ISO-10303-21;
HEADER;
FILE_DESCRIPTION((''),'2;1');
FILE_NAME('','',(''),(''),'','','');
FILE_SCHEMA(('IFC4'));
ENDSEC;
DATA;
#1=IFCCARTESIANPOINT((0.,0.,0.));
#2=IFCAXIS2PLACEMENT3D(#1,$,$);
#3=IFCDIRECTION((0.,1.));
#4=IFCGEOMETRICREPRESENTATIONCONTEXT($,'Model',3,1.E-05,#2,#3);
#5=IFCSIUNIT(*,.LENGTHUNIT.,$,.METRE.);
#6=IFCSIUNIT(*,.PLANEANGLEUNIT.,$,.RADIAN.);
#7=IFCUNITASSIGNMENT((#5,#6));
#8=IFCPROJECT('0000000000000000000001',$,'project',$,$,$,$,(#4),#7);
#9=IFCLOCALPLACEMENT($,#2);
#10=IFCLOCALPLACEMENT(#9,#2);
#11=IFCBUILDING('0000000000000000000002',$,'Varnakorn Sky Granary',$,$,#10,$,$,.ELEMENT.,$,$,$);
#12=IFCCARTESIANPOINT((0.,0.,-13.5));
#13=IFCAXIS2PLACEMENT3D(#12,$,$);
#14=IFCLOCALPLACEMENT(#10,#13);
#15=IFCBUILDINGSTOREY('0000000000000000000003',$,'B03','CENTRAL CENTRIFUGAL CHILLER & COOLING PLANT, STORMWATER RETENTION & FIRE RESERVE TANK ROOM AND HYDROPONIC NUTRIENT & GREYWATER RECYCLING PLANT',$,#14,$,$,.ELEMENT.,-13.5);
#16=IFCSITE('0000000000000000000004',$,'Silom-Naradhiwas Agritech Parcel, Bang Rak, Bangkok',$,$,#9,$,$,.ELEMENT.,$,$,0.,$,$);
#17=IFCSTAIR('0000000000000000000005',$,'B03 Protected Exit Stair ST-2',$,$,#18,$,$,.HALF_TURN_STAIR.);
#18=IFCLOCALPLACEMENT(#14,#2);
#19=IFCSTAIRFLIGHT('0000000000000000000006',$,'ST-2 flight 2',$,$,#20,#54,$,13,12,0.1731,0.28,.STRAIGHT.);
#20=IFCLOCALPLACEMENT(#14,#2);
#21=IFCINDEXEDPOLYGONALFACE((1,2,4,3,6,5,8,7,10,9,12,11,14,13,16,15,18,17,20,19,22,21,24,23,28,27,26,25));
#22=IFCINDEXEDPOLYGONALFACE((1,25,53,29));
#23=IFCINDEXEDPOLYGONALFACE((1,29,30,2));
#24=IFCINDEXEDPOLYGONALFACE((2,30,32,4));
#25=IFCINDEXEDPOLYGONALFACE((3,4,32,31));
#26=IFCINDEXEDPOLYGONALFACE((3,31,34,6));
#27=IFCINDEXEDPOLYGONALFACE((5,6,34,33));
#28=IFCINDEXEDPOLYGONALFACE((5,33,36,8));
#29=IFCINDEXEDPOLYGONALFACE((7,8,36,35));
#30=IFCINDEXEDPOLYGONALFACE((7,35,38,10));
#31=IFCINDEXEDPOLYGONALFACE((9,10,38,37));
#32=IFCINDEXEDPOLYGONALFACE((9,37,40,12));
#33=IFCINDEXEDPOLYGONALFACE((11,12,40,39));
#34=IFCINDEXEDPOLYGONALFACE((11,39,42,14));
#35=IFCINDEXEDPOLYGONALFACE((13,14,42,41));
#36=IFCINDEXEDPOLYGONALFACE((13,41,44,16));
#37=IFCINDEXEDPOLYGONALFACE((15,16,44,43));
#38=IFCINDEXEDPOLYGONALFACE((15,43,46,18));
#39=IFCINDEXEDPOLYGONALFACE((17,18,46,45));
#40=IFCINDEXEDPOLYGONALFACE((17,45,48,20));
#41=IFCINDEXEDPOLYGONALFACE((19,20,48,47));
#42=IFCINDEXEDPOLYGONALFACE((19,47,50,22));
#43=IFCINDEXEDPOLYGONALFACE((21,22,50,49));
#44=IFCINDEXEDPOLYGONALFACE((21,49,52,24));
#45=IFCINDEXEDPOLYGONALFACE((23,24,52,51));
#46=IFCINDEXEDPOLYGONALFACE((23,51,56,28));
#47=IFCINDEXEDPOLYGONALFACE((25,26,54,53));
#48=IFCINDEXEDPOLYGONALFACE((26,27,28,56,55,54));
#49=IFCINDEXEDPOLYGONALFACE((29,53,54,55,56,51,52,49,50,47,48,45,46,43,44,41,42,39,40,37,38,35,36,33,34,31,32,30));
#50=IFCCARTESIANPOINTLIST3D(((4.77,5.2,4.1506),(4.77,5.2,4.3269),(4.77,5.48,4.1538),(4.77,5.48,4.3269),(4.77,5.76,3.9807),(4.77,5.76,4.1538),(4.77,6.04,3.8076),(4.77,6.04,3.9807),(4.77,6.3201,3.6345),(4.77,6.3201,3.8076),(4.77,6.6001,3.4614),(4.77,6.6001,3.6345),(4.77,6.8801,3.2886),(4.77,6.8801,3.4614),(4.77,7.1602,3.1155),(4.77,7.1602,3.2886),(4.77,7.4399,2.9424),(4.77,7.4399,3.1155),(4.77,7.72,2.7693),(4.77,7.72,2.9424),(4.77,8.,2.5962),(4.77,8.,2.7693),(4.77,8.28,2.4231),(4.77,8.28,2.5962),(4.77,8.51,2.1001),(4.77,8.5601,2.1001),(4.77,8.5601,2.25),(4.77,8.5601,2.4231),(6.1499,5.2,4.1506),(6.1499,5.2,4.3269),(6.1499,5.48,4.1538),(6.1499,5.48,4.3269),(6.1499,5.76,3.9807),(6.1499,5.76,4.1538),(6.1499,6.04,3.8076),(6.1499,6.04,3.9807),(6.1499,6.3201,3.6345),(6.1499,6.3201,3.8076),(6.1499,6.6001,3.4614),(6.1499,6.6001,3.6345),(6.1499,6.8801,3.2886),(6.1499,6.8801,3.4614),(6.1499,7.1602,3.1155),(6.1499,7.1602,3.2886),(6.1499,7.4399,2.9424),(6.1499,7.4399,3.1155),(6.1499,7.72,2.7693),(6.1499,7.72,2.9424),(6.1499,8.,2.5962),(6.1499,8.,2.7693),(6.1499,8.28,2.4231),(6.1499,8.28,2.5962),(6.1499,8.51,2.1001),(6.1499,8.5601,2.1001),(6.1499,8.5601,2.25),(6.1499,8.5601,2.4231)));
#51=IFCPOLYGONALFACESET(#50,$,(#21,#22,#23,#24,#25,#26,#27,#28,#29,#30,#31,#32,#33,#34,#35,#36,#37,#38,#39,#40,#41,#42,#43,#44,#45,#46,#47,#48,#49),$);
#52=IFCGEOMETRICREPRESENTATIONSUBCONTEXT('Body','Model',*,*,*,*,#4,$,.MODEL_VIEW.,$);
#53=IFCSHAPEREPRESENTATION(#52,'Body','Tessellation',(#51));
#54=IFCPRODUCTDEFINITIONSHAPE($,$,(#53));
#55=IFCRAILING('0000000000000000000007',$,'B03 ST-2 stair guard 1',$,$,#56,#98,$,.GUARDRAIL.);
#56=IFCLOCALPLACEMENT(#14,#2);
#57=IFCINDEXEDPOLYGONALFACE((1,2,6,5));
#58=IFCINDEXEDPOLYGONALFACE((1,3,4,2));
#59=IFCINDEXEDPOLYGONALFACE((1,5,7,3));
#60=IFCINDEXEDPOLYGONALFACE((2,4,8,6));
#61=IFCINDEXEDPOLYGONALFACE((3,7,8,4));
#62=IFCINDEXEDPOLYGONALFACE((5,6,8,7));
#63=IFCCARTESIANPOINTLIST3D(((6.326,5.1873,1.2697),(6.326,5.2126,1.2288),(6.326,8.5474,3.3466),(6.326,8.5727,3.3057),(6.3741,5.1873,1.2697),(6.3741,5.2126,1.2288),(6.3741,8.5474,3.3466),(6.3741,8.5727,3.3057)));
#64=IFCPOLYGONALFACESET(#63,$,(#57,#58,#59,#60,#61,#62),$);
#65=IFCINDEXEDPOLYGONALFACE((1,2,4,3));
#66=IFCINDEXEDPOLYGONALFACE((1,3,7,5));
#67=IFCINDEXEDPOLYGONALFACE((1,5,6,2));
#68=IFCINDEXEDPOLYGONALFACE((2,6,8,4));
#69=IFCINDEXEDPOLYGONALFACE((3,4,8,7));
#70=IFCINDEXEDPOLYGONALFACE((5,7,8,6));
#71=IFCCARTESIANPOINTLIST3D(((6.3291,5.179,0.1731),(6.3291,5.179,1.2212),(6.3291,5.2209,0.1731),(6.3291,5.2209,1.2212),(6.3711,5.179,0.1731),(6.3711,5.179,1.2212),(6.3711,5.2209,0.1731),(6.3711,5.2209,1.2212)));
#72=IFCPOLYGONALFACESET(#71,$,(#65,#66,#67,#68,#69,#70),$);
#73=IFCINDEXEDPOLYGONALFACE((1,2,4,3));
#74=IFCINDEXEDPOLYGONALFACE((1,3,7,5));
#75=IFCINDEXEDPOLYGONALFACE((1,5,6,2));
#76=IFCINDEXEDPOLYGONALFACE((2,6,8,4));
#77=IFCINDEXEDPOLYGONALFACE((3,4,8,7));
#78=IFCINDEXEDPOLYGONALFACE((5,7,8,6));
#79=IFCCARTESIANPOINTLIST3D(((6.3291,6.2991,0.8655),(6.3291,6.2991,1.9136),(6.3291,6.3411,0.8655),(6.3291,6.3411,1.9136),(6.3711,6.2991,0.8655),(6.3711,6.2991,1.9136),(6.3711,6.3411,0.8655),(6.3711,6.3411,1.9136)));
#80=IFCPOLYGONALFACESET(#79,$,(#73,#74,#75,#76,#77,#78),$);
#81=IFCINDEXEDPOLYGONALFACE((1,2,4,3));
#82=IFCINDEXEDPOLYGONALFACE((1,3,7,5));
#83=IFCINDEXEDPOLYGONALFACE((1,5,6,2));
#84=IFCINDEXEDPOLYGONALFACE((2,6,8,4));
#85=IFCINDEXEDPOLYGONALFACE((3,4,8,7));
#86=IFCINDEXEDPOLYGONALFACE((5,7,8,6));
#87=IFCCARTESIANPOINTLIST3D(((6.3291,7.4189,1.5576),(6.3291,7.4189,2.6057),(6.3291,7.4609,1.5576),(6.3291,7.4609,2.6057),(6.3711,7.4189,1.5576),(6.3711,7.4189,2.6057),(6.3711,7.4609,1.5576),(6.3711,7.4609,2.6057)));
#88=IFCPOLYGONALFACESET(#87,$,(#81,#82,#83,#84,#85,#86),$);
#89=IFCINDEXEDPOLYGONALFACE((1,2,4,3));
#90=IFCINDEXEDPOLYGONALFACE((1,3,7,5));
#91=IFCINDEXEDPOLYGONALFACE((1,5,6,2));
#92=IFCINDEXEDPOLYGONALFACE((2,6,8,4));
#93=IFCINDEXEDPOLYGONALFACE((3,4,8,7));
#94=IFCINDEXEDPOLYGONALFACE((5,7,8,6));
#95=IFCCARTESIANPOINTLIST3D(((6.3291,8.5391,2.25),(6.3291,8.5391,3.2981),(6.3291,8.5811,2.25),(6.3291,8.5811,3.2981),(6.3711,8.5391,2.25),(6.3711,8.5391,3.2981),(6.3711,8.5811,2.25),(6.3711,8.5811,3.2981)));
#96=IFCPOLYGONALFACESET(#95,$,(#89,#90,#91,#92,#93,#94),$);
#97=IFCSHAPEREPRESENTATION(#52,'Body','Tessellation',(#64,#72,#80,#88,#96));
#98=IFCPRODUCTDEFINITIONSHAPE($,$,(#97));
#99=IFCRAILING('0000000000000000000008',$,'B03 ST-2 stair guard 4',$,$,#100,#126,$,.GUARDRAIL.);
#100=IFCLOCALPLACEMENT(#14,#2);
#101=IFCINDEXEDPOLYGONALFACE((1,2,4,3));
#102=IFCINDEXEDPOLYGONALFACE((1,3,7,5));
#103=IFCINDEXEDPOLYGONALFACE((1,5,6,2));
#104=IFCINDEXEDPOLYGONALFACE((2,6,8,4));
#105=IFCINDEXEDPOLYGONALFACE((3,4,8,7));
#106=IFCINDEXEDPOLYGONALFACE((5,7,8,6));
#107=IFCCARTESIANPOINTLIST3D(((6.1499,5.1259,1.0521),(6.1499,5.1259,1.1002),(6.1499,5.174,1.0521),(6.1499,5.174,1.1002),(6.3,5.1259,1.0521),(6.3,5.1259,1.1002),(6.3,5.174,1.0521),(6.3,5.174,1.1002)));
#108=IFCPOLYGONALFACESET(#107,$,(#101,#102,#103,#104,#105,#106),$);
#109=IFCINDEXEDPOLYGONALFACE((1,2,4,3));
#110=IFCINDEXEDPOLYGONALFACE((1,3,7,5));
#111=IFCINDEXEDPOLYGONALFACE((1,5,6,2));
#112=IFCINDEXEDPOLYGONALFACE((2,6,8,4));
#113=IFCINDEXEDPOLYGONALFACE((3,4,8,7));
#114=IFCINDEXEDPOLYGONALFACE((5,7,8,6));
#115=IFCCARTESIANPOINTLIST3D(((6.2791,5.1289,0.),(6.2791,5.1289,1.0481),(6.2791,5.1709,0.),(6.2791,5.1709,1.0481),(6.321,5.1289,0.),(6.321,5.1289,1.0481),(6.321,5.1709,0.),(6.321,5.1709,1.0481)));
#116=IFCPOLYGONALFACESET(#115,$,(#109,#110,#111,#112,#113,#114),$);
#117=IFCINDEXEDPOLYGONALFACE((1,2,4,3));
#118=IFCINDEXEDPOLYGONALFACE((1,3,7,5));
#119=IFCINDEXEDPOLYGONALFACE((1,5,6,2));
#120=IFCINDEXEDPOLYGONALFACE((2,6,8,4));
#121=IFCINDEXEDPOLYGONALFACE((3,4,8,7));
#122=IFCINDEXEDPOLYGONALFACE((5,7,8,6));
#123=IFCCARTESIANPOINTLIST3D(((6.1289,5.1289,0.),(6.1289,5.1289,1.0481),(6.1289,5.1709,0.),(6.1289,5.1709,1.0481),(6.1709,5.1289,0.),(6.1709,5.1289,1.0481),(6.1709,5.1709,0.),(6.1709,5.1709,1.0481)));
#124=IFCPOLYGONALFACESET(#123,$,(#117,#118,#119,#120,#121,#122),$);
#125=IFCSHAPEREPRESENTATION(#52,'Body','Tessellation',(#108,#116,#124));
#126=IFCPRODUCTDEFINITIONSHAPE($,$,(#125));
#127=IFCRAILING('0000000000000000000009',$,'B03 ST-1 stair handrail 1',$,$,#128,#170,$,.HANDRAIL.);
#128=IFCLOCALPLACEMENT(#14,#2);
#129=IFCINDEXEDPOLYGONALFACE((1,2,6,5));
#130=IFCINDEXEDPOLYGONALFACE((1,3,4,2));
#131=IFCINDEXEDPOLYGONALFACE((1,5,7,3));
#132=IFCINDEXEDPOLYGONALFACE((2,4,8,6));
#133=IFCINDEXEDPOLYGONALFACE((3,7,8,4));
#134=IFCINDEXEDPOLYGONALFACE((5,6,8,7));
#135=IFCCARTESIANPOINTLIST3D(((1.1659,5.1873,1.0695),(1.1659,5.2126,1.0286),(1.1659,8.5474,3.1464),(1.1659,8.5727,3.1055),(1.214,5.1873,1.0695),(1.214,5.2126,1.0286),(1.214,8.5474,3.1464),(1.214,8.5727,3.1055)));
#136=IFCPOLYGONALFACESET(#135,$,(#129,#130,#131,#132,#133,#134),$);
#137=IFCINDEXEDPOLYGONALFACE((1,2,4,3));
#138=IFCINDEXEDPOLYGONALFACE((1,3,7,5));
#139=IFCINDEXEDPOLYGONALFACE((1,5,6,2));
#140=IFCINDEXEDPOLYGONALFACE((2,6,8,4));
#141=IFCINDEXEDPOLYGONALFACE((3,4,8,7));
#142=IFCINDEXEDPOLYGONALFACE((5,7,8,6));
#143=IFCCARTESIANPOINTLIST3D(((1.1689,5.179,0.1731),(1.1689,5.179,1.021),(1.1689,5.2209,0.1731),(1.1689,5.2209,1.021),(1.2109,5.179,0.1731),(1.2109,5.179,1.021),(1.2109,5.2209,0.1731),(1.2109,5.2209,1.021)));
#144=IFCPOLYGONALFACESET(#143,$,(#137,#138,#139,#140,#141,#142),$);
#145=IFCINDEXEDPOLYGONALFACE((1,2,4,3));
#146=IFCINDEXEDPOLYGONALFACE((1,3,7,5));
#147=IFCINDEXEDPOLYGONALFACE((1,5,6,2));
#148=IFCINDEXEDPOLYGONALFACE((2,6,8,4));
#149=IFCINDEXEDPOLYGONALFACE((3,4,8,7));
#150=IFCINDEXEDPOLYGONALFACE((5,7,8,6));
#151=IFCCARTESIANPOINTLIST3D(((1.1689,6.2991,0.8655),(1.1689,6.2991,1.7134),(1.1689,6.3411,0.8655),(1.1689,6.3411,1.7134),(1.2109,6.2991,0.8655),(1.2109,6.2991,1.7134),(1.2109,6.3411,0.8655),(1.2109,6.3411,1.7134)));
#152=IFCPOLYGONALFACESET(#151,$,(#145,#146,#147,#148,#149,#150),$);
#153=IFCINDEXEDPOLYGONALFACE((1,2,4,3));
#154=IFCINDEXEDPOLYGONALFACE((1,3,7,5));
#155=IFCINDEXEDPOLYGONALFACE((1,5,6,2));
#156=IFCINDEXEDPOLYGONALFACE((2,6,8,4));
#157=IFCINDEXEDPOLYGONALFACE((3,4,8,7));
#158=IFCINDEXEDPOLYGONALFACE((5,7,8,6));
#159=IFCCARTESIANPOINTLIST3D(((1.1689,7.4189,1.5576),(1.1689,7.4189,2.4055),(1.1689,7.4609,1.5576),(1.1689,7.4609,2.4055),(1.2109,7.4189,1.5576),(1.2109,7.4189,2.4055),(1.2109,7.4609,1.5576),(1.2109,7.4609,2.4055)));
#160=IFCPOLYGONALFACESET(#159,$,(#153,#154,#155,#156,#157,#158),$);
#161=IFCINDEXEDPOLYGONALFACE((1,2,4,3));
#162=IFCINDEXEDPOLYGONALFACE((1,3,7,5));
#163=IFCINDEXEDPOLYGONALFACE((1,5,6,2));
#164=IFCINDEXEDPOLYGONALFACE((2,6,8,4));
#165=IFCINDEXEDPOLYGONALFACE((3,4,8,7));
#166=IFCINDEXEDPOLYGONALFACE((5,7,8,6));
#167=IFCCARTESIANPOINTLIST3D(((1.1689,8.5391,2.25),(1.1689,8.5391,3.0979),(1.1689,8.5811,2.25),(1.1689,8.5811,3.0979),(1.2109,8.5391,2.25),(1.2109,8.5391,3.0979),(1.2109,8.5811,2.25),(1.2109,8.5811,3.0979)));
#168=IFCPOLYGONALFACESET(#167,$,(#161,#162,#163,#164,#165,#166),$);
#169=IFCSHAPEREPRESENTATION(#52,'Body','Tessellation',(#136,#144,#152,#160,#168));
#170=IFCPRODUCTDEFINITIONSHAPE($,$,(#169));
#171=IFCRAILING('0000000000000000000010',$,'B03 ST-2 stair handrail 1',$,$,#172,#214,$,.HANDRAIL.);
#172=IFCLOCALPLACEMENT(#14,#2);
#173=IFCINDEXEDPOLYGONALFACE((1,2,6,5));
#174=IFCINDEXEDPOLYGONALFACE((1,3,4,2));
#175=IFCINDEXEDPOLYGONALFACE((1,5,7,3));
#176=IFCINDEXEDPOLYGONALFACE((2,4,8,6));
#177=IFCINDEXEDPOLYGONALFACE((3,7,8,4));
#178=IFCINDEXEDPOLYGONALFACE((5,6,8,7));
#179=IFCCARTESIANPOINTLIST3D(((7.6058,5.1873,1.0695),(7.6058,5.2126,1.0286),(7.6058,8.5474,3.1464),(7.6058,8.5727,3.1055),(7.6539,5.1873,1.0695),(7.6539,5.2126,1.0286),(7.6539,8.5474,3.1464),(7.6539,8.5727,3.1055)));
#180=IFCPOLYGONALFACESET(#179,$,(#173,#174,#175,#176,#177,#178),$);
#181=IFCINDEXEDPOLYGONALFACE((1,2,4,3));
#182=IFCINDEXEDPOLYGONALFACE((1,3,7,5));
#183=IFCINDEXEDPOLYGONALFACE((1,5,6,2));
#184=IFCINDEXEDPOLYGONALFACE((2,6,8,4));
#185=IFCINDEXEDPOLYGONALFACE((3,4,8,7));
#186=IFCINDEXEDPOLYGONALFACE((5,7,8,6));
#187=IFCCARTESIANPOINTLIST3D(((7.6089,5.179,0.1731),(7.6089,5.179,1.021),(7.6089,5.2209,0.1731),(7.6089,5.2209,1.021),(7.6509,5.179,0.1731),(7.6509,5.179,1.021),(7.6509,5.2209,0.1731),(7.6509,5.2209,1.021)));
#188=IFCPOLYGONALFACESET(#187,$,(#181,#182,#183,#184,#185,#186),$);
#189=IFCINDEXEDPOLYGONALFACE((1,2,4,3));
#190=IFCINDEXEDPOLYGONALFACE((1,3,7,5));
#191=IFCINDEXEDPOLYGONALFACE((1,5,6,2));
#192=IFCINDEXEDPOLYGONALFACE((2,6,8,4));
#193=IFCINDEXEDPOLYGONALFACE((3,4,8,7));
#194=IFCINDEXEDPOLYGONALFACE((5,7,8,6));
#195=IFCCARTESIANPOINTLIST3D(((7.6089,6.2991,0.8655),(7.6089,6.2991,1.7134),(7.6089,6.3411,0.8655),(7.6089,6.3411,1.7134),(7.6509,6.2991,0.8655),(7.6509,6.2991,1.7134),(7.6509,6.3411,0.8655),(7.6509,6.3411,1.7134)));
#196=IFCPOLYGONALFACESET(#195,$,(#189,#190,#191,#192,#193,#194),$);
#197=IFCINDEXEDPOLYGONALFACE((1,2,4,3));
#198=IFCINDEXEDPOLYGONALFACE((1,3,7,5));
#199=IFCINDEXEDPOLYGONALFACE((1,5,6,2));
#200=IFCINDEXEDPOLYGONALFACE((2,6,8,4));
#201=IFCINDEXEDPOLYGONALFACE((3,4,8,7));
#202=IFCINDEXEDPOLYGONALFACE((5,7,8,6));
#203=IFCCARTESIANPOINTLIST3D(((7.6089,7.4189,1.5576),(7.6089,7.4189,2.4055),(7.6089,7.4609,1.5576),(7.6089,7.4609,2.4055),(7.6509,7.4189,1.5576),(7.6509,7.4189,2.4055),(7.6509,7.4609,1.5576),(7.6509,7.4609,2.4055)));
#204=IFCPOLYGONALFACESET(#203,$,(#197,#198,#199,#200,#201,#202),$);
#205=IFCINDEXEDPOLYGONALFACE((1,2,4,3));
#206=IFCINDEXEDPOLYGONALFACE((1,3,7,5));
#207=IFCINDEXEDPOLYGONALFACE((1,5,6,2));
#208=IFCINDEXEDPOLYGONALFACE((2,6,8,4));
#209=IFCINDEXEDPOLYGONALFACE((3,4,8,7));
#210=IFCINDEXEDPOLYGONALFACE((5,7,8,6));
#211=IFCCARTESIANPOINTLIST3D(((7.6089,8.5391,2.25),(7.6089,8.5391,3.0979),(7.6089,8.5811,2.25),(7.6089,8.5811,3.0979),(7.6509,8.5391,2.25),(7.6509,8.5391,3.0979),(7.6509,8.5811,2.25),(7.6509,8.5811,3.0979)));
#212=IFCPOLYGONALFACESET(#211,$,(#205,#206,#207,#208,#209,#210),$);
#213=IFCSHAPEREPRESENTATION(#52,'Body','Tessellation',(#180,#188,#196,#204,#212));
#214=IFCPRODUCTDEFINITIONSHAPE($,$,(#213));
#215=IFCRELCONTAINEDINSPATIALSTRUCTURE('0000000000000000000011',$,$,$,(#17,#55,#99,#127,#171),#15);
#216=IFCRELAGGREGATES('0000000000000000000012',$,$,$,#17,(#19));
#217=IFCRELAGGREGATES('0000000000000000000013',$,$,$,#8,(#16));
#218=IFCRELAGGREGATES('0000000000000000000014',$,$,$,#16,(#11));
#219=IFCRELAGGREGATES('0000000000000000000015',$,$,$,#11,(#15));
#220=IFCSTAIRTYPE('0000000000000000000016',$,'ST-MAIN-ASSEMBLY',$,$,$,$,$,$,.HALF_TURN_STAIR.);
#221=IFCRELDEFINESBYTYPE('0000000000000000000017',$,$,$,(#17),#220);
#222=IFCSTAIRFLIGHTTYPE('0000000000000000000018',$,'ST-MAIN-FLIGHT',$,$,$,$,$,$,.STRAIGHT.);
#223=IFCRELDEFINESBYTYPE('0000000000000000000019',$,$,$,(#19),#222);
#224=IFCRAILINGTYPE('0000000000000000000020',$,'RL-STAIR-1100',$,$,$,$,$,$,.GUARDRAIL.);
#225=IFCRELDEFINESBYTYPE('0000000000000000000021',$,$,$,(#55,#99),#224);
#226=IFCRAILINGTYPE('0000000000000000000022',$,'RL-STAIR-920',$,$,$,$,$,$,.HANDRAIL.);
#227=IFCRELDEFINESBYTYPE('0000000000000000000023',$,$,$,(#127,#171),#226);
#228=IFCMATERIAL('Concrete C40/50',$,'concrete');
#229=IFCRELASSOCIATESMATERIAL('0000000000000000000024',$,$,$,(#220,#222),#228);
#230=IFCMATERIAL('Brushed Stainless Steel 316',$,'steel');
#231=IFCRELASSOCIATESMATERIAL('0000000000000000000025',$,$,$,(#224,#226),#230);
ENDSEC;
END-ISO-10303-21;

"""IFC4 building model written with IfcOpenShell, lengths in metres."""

from ifc_helpers import new_model, si_unit, direction, frame, origin, origin_2d, place, context, subcontext, project, spatial, polyline, rectangle, outline, extrude, material, type_object, element, aggregate, save


model = new_model("IFC4")

# Units and contexts
model_context = context("Model", 3, precision=1e-05, world=origin(), true_north=direction((0.0, 1.0)))
body_context = subcontext(model_context, "Body", "Model", "MODEL_VIEW")
ifc_project = project(units=[si_unit("LENGTHUNIT", "METRE"), si_unit("PLANEANGLEUNIT", "RADIAN")], contexts=[model_context])

# Site, building, storey
site_placement = place(None, origin())
site = spatial("IfcSite", under=ifc_project, at=site_placement, Name="Silom-Naradhiwas Agritech Parcel, Bang Rak, Bangkok", CompositionType="ELEMENT", RefElevation=0.0)
building_placement = place(site_placement, origin())
building = spatial("IfcBuilding", under=site, at=building_placement, Name="Varnakorn Sky Granary", CompositionType="ELEMENT")
storey_placement = place(building_placement, frame((0.0, 0.0, -13.5)))
storey = spatial("IfcBuildingStorey", under=building, at=storey_placement, Name="B03", Description="CENTRAL CENTRIFUGAL CHILLER & COOLING PLANT, STORMWATER RETENTION & FIRE RESERVE TANK ROOM AND HYDROPONIC NUTRIENT & GREYWATER RECYCLING PLANT", CompositionType="ELEMENT", Elevation=-13.5)

# Shared definitions
ifc_material_1 = material(Name="Concrete C40/50", Category="concrete")
stair_type = type_object("IfcStairType", Name="ST-MAIN-ASSEMBLY", PredefinedType="HALF_TURN_STAIR", material=ifc_material_1)
stair_flight_type = type_object("IfcStairFlightType", Name="ST-MAIN-FLIGHT", PredefinedType="STRAIGHT", material=ifc_material_1)

# Stair, stair flight
stair_1_placement = place(storey_placement, origin())
stair_1 = element("IfcStair", 1, at=stair_1_placement, inside=storey, type_object=stair_type, Name="B03 Protected Exit Stair ST-2", PredefinedType="HALF_TURN_STAIR")
stair_flight_1_placement = place(storey_placement, frame((5.46, 8.5601, 2.25), z_axis=(0.0, 0.0, 1.0), x_axis=(0.0, -1.0, 0.0)))
stair_flight_1 = element("IfcStairFlight", 2, at=stair_flight_1_placement, type_object=stair_flight_type, Name="ST-2 flight 2", NumberOfRisers=13, NumberOfTreads=12, PredefinedType="STRAIGHT", RiserHeight=0.1731, TreadLength=0.28, context=body_context, shape_type="SweptSolid", body=[
    extrude(outline(polyline([(0.0, -0.1499), (0.0, 0.0), (0.0, 0.1731), (0.28, 0.1731), (0.28, 0.3462), (0.5601, 0.3462), (0.5601, 0.5193), (0.8401, 0.5193), (0.8401, 0.6924), (1.1201, 0.6924), (1.1201, 0.8655), (1.3999, 0.8655), (1.3999, 1.0386), (1.6799, 1.0386), (1.6799, 1.2114), (1.96, 1.2114), (1.96, 1.3845), (2.24, 1.3845), (2.24, 1.5576), (2.52, 1.5576), (2.52, 1.7307), (2.8, 1.7307), (2.8, 1.9038), (3.0801, 1.9038), (3.0801, 2.0769), (3.3601, 2.0769), (3.3601, 2.25), (3.3601, 1.9006), (0.05, -0.1499), (0.0, -0.1499)])), frame((0.0, 0.6899, 0.0), z_axis=(0.0, -1.0, 0.0), x_axis=(1.0, 0.0, 0.0)), (0.0, 0.0, 1.0), 1.3799),
])
aggregate(stair_1, [stair_flight_1])

# Railings
ifc_material_2 = material(Name="Brushed Stainless Steel 316", Category="steel")
railing_type_1 = type_object("IfcRailingType", Name="RL-STAIR-1100", PredefinedType="GUARDRAIL", material=ifc_material_2)
railing_1_placement = place(storey_placement, frame((6.3501, 5.2, 0.1731)))
element("IfcRailing", 3, at=railing_1_placement, inside=storey, type_object=railing_type_1, Name="B03 ST-2 stair guard 1", PredefinedType="GUARDRAIL", context=body_context, shape_type="SweptSolid", body=[
    extrude(rectangle(XDim=0.0481, YDim=0.0481, at=origin_2d()), frame((0.0, 0.0, 1.0762), z_axis=(0.0, 0.850623, 0.525776), x_axis=(-1.0, 0.0, 0.0)), (0.0, 0.0, 1.0), 3.9502),
    extrude(rectangle(XDim=0.042, YDim=0.042, at=origin_2d()), origin(), (0.0, 0.0, 1.0), 1.0481),
    extrude(rectangle(XDim=0.042, YDim=0.042, at=origin_2d()), frame((0.0, 1.1201, 0.6924)), (0.0, 0.0, 1.0), 1.0481),
    extrude(rectangle(XDim=0.042, YDim=0.042, at=origin_2d()), frame((0.0, 2.24, 1.3845)), (0.0, 0.0, 1.0), 1.0481),
    extrude(rectangle(XDim=0.042, YDim=0.042, at=origin_2d()), frame((0.0, 3.3601, 2.0769)), (0.0, 0.0, 1.0), 1.0481),
])
railing_2_placement = place(storey_placement, frame((6.3, 5.1499, 0.0)))
element("IfcRailing", 4, at=railing_2_placement, inside=storey, type_object=railing_type_1, Name="B03 ST-2 stair guard 4", PredefinedType="GUARDRAIL", context=body_context, shape_type="SweptSolid", body=[
    extrude(rectangle(XDim=0.0481, YDim=0.0481, at=origin_2d()), frame((0.0, 0.0, 1.0762), z_axis=(-1.0, 0.0, 0.0), x_axis=(0.0, -1.0, 0.0)), (0.0, 0.0, 1.0), 0.1501),
    extrude(rectangle(XDim=0.042, YDim=0.042, at=origin_2d()), origin(), (0.0, 0.0, 1.0), 1.0481),
    extrude(rectangle(XDim=0.042, YDim=0.042, at=origin_2d()), frame((-0.1501, 0.0, 0.0)), (0.0, 0.0, 1.0), 1.0481),
])
railing_type_2 = type_object("IfcRailingType", Name="RL-STAIR-920", PredefinedType="HANDRAIL", material=ifc_material_2)
for number, where, name in (
    (5, (1.1899, 5.2, 0.1731), "B03 ST-1 stair handrail 1"),
    (6, (7.6299, 5.2, 0.1731), "B03 ST-2 stair handrail 1"),
):
    element("IfcRailing", number, at=place(storey_placement, frame(where)), inside=storey, type_object=railing_type_2, Name=name, PredefinedType="HANDRAIL", context=body_context, shape_type="SweptSolid", body=[
        extrude(rectangle(XDim=0.0481, YDim=0.0481, at=origin_2d()), frame((0.0, 0.0, 0.876), z_axis=(0.0, 0.850623, 0.525776), x_axis=(-1.0, 0.0, 0.0)), (0.0, 0.0, 1.0), 3.9502),
        extrude(rectangle(XDim=0.042, YDim=0.042, at=origin_2d()), origin(), (0.0, 0.0, 1.0), 0.8479),
        extrude(rectangle(XDim=0.042, YDim=0.042, at=origin_2d()), frame((0.0, 1.1201, 0.6924)), (0.0, 0.0, 1.0), 0.8479),
        extrude(rectangle(XDim=0.042, YDim=0.042, at=origin_2d()), frame((0.0, 2.24, 1.3845)), (0.0, 0.0, 1.0), 0.8479),
        extrude(rectangle(XDim=0.042, YDim=0.042, at=origin_2d()), frame((0.0, 3.3601, 2.0769)), (0.0, 0.0, 1.0), 0.8479),
    ])

save(model, "model.ifc")
